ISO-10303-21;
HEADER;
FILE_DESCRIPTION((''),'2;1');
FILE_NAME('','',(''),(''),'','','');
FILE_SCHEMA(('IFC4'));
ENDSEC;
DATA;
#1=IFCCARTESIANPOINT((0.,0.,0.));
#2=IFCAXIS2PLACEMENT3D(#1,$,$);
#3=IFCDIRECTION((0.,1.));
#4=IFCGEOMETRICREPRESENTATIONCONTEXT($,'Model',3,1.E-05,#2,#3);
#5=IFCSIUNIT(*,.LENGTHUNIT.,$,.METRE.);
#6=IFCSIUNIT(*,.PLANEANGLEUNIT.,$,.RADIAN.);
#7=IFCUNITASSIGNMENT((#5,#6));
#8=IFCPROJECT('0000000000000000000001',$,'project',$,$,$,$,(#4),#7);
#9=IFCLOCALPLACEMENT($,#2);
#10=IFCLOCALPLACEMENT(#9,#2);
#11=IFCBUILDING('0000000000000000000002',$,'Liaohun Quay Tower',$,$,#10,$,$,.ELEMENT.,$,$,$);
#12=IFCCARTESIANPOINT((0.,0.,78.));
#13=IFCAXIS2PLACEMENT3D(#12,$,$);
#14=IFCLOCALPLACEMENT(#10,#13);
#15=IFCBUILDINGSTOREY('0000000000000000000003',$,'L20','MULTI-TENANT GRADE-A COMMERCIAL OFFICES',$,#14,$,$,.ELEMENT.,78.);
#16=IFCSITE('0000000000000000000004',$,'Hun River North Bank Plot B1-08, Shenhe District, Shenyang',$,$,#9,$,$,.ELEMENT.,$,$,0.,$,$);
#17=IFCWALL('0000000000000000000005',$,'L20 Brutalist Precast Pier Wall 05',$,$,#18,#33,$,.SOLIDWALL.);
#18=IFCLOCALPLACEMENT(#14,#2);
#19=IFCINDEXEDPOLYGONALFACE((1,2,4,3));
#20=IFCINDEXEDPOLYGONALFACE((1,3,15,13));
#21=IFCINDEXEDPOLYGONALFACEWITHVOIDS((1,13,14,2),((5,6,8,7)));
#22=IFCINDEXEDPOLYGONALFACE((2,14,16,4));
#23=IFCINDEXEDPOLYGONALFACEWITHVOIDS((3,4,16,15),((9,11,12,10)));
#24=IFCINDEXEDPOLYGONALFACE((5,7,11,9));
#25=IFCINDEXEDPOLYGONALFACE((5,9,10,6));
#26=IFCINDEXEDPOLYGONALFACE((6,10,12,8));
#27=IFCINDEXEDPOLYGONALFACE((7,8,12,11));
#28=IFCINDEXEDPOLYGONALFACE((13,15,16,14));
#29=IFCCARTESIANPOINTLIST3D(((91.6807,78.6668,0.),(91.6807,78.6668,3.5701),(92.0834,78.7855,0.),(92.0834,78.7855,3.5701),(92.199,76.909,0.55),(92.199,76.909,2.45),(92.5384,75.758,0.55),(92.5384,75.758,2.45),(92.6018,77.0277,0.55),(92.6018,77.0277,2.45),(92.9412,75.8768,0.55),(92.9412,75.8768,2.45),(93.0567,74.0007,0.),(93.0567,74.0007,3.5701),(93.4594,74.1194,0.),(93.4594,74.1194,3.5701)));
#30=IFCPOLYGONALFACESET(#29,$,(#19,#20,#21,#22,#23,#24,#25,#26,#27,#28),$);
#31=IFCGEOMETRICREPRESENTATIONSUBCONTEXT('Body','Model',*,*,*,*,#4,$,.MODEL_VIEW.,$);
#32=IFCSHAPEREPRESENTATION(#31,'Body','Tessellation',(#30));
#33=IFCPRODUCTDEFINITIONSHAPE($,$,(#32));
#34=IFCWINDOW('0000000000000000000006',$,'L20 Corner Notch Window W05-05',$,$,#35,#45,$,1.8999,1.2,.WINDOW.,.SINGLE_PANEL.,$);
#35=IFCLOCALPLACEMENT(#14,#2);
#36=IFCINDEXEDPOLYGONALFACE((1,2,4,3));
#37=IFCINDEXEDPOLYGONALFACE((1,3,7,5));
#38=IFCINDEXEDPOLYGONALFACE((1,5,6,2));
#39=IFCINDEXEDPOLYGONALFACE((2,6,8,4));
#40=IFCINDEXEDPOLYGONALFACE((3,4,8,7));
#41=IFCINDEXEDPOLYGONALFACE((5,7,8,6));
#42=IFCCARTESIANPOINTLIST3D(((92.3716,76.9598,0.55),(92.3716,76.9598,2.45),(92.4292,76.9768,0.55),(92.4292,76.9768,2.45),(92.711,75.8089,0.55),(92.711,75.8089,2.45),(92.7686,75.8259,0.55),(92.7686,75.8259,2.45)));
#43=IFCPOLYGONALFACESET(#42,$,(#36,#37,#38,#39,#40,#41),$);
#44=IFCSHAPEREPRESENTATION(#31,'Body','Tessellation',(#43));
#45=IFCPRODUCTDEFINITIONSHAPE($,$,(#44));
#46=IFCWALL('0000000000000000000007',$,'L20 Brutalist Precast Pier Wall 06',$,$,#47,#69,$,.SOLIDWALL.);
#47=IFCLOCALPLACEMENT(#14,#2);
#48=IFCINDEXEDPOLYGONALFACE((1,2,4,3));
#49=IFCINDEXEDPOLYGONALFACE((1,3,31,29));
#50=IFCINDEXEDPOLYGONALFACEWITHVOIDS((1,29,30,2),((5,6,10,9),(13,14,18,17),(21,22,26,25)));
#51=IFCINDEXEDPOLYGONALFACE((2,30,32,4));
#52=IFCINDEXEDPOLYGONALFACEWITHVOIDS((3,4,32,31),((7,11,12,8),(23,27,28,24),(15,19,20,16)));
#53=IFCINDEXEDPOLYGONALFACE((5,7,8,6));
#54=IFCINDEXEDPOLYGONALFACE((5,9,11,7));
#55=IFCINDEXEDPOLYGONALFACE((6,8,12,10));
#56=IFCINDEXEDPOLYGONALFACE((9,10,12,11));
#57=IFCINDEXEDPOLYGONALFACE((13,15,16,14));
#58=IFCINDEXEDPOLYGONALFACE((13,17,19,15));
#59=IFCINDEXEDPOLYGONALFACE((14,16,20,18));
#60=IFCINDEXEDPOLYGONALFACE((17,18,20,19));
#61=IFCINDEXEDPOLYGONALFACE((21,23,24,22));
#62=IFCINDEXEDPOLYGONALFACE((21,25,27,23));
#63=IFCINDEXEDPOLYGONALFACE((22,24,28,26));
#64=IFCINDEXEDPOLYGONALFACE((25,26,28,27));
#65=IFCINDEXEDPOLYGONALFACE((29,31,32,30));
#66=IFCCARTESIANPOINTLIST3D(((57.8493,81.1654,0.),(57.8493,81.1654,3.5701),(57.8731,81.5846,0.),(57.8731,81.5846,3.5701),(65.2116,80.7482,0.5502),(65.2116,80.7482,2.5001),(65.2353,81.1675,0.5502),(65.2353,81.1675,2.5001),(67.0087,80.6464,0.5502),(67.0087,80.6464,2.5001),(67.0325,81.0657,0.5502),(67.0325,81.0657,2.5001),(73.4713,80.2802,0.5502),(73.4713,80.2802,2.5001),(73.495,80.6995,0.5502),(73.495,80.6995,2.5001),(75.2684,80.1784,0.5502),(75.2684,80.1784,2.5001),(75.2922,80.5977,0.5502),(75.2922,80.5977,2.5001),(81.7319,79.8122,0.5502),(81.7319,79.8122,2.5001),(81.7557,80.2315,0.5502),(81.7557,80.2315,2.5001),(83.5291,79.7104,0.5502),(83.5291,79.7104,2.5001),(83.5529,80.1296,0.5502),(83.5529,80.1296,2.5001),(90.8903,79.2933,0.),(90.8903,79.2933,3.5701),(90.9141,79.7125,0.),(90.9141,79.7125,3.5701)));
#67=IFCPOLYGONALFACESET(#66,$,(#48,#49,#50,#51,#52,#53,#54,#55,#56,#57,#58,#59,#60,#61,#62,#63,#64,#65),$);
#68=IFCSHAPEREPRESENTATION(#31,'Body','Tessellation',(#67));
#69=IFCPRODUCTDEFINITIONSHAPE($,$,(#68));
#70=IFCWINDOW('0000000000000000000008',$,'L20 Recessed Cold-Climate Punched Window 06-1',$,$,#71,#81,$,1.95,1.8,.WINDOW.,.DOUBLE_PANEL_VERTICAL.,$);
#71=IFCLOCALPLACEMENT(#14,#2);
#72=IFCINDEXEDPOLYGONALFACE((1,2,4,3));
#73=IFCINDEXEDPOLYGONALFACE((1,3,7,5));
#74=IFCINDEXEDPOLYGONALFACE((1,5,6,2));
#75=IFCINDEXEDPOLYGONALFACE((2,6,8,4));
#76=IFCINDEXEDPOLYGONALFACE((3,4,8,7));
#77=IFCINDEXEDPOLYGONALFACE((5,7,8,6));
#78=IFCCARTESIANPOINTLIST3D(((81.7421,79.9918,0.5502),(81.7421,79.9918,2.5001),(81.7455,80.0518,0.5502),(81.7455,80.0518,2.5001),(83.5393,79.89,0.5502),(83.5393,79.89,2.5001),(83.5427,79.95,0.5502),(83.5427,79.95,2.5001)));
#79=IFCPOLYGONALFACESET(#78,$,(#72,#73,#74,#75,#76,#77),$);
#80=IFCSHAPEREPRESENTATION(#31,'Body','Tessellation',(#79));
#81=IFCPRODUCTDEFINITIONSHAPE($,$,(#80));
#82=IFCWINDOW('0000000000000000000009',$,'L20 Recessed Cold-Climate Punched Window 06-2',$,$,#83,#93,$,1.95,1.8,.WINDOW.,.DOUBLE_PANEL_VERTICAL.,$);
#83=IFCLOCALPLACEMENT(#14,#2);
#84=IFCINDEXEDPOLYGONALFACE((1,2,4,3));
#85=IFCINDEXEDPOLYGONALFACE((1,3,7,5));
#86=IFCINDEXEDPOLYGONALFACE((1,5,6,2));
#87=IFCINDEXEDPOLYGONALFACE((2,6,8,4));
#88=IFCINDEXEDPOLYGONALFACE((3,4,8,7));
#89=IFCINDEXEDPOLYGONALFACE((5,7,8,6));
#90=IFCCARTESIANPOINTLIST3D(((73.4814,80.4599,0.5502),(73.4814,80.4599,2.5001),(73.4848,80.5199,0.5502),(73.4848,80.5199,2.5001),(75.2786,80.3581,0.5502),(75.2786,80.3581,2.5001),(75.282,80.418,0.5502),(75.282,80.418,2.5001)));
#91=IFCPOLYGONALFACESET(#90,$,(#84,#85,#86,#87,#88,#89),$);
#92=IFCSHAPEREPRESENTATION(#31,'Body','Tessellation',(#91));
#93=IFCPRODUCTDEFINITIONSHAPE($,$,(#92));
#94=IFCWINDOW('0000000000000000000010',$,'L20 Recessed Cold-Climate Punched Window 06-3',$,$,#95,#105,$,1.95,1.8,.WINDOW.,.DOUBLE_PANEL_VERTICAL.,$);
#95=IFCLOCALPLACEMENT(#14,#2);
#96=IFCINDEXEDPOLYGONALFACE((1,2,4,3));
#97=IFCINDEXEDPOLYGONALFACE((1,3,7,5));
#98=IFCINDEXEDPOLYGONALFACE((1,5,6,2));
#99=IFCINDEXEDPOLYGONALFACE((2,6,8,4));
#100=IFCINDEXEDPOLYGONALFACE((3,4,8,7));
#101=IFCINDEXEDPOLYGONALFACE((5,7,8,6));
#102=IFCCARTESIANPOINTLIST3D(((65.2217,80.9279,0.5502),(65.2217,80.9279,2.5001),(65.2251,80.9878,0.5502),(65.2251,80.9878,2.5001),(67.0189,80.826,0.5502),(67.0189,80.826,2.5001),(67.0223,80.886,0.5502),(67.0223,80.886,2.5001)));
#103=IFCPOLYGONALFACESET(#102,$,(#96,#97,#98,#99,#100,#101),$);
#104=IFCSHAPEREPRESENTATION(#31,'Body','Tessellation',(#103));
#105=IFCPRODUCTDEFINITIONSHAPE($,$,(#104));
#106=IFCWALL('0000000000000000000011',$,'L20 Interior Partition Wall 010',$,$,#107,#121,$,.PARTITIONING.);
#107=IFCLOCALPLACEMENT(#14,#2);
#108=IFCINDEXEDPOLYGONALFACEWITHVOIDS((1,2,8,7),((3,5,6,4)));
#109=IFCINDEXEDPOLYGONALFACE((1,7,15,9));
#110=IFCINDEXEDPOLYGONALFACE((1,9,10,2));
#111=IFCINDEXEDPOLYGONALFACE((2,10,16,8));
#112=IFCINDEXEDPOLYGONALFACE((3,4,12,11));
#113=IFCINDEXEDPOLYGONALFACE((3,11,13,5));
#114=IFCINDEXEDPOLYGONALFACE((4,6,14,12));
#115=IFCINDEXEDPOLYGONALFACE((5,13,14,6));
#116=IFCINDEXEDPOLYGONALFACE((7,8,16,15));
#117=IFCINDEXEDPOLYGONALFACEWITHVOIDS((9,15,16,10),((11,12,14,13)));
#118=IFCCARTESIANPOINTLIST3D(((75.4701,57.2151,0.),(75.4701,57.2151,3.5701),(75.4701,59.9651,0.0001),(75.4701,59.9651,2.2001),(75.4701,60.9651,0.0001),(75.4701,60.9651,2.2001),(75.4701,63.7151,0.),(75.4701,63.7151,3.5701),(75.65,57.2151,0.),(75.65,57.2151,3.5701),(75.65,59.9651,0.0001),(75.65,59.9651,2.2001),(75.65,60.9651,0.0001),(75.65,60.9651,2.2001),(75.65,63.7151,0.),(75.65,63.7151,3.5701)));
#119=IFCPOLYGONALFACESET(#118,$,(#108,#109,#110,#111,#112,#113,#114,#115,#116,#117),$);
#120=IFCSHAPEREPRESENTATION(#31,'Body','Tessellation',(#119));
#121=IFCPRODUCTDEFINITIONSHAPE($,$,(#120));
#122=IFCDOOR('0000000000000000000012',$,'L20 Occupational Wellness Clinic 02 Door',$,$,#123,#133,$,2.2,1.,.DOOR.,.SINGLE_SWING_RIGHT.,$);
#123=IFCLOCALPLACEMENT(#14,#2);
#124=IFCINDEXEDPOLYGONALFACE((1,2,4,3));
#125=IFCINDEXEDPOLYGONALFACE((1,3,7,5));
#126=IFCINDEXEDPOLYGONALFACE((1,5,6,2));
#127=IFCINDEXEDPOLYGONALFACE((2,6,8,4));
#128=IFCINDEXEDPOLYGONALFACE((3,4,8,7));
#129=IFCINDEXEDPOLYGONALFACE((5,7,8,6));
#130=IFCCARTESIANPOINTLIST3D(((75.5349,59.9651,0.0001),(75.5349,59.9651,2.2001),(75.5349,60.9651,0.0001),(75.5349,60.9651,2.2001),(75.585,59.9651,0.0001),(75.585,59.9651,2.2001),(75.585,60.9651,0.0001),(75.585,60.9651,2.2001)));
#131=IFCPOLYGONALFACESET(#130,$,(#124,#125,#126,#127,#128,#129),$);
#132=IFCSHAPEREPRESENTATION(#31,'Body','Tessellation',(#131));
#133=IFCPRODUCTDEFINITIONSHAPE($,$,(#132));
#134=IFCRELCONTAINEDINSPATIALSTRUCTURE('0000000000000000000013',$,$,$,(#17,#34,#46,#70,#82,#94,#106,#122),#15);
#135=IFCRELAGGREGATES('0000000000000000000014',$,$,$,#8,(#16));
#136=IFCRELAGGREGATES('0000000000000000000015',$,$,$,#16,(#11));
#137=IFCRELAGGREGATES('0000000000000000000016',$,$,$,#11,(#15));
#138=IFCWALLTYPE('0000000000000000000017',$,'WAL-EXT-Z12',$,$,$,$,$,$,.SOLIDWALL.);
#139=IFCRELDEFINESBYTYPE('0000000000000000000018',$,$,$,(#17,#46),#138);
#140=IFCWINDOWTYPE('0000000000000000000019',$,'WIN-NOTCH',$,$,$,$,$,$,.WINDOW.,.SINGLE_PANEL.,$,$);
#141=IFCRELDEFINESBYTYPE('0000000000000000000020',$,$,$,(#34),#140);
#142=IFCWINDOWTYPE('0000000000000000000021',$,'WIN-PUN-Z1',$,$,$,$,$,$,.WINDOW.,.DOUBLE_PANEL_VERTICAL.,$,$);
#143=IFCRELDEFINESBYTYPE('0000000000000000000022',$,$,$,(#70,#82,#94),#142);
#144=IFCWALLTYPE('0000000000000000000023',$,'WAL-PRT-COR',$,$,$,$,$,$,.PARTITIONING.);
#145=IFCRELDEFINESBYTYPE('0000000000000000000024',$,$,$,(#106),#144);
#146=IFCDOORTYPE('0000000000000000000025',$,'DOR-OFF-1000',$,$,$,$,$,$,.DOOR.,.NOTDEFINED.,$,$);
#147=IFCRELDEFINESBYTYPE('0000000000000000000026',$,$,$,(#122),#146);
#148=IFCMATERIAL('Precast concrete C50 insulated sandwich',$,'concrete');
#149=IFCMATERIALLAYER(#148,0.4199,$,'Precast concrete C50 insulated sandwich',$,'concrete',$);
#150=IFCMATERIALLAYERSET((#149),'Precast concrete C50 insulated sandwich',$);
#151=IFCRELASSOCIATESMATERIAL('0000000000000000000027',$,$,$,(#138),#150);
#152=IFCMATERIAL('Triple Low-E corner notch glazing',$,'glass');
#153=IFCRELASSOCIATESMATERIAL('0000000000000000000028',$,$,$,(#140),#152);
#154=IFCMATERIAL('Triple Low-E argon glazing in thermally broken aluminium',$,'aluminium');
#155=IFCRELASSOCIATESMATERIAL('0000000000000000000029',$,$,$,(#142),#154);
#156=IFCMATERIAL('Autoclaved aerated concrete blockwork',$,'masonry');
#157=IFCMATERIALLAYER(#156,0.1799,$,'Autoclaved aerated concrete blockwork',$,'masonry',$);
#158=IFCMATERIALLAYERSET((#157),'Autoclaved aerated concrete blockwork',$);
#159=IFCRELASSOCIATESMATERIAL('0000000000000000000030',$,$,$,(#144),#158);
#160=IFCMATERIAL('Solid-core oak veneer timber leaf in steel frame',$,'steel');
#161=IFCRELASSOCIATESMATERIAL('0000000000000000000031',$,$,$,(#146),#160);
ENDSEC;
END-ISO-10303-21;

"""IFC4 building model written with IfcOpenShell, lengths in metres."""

from ifc_helpers import new_model, si_unit, direction, frame, frame_2d, origin, place, context, subcontext, project, spatial, rectangle, extrude, source, transform, mapped, material, layer, layer_set, type_object, element, fill, save


model = new_model("IFC4")

# Units and contexts
model_context = context("Model", 3, precision=1e-05, world=origin(), true_north=direction((0.0, 1.0)))
body_context = subcontext(model_context, "Body", "Model", "MODEL_VIEW")
ifc_project = project(units=[si_unit("LENGTHUNIT", "METRE"), si_unit("PLANEANGLEUNIT", "RADIAN")], contexts=[model_context])

# Site, building, storey
site_placement = place(None, origin())
site = spatial("IfcSite", under=ifc_project, at=site_placement, Name="Hun River North Bank Plot B1-08, Shenhe District, Shenyang", CompositionType="ELEMENT", RefElevation=0.0)
building_placement = place(site_placement, origin())
building = spatial("IfcBuilding", under=site, at=building_placement, Name="Liaohun Quay Tower", CompositionType="ELEMENT")
storey_placement = place(building_placement, frame((0.0, 0.0, 78.0)))
storey = spatial("IfcBuildingStorey", under=building, at=storey_placement, Name="L20", Description="MULTI-TENANT GRADE-A COMMERCIAL OFFICES", CompositionType="ELEMENT", Elevation=78.0)

# Wall, opening, window
ifc_material_1 = material(Name="Precast concrete C50 insulated sandwich", Category="concrete")
ifc_layer_1 = layer(ifc_material_1, 0.4199, Name="Precast concrete C50 insulated sandwich", Category="concrete")
ifc_layer_set_1 = layer_set([ifc_layer_1], Name="Precast concrete C50 insulated sandwich")
wall_type_1 = type_object("IfcWallType", Name="WAL-EXT-Z12", PredefinedType="SOLIDWALL", material=ifc_layer_set_1)
shared_shape_1 = source(origin(), body_context, "Body", "SweptSolid", [
    extrude(rectangle(XDim=1.2, YDim=1.8999, at=frame_2d((0.6001, 0.95))), frame((0.0, 0.22, 0.0), z_axis=(0.0, -1.0, 0.0), x_axis=(1.0, 0.0, 0.0)), (0.0, 0.0, 1.0), 0.4399),
])
ifc_material_2 = material(Name="Triple Low-E corner notch glazing", Category="glass")
window_type_1 = type_object("IfcWindowType", Name="WIN-NOTCH", PartitioningType="SINGLE_PANEL", PredefinedType="WINDOW", material=ifc_material_2)
shared_shape_2 = source(origin(), body_context, "Body", "SweptSolid", [
    extrude(rectangle(XDim=1.2, YDim=1.8999, at=frame_2d((0.6001, 0.95))), frame((0.0, 0.03, 0.0), z_axis=(0.0, -1.0, 0.0), x_axis=(1.0, 0.0, 0.0)), (0.0, 0.0, 1.0), 0.0601),
])
wall_1_placement = place(storey_placement, frame((93.2581, 74.0601, 0.0), z_axis=(0.0, 0.0, 1.0), x_axis=(-0.282851, 0.959164, 0.0)))
wall_1 = element("IfcWall", 1, at=wall_1_placement, inside=storey, type_object=wall_type_1, Name="L20 Brutalist Precast Pier Wall 05", PredefinedType="SOLIDWALL", context=body_context, shape_type="SweptSolid", body=[
    extrude(rectangle(XDim=4.8647, YDim=0.4199, at=frame_2d((2.4324, 0.0))), origin(), (0.0, 0.0, 1.0), 3.5701),
])
opening_1_placement = place(wall_1_placement, frame((1.832, 0.0, 0.55)))
opening_1 = element("IfcOpeningElement", 2, at=opening_1_placement, cuts=wall_1, PredefinedType="OPENING", context=body_context, shape_type="MappedRepresentation", body=[
    mapped(shared_shape_1, transform((0.0, 0.0, 0.0), x_axis=(1.0, 0.0, 0.0), y_axis=(0.0, 1.0, 0.0), z_axis=(0.0, 0.0, 1.0), scale=1.0)),
])
window_1_placement = place(opening_1_placement, origin())
window_1 = element("IfcWindow", 3, at=window_1_placement, inside=storey, type_object=window_type_1, Name="L20 Corner Notch Window W05-05", OverallHeight=1.8999, OverallWidth=1.2, PartitioningType="SINGLE_PANEL", PredefinedType="WINDOW", context=body_context, shape_type="MappedRepresentation", body=[
    mapped(shared_shape_2, transform((0.0, 0.0, 0.0), x_axis=(1.0, 0.0, 0.0), y_axis=(0.0, 1.0, 0.0), z_axis=(0.0, 0.0, 1.0), scale=1.0)),
])
fill(opening_1, window_1)

# Wall, openings, windows
wall_2_placement = place(storey_placement, frame((90.9021, 79.5029, 0.0), z_axis=(0.0, 0.0, 1.0), x_axis=(-0.998399, 0.056568, 0.0)))
wall_2 = element("IfcWall", 4, at=wall_2_placement, inside=storey, type_object=wall_type_1, Name="L20 Brutalist Precast Pier Wall 06", PredefinedType="SOLIDWALL", context=body_context, shape_type="SweptSolid", body=[
    extrude(rectangle(XDim=33.094, YDim=0.4199, at=frame_2d((16.5469, 0.0))), origin(), (0.0, 0.0, 1.0), 3.5701),
])
shared_shape_3 = source(origin(), body_context, "Body", "SweptSolid", [
    extrude(rectangle(XDim=1.8, YDim=1.95, at=frame_2d((0.8999, 0.9751))), frame((0.0, 0.22, 0.0), z_axis=(0.0, -1.0, 0.0), x_axis=(1.0, 0.0, 0.0)), (0.0, 0.0, 1.0), 0.4399),
])
opening_2_placement = place(wall_2_placement, frame((7.373, 0.0, 0.55)))
opening_2 = element("IfcOpeningElement", 5, at=opening_2_placement, cuts=wall_2, PredefinedType="OPENING", context=body_context, shape_type="MappedRepresentation", body=[
    mapped(shared_shape_3, transform((0.0, 0.0, 0.0), x_axis=(1.0, 0.0, 0.0), y_axis=(0.0, 1.0, 0.0), z_axis=(0.0, 0.0, 1.0), scale=1.0)),
])
opening_3_placement = place(wall_2_placement, frame((15.647, 0.0, 0.55)))
opening_3 = element("IfcOpeningElement", 6, at=opening_3_placement, cuts=wall_2, PredefinedType="OPENING", context=body_context, shape_type="MappedRepresentation", body=[
    mapped(shared_shape_3, transform((0.0, 0.0, 0.0), x_axis=(1.0, 0.0, 0.0), y_axis=(0.0, 1.0, 0.0), z_axis=(0.0, 0.0, 1.0), scale=1.0)),
])
opening_4_placement = place(wall_2_placement, frame((23.9199, 0.0, 0.55)))
opening_4 = element("IfcOpeningElement", 7, at=opening_4_placement, cuts=wall_2, PredefinedType="OPENING", context=body_context, shape_type="MappedRepresentation", body=[
    mapped(shared_shape_3, transform((0.0, 0.0, 0.0), x_axis=(1.0, 0.0, 0.0), y_axis=(0.0, 1.0, 0.0), z_axis=(0.0, 0.0, 1.0), scale=1.0)),
])
ifc_material_3 = material(Name="Triple Low-E argon glazing in thermally broken aluminium", Category="aluminium")
window_type_2 = type_object("IfcWindowType", Name="WIN-PUN-Z1", PartitioningType="DOUBLE_PANEL_VERTICAL", PredefinedType="WINDOW", material=ifc_material_3)
shared_shape_4 = source(origin(), body_context, "Body", "SweptSolid", [
    extrude(rectangle(XDim=1.8, YDim=1.95, at=frame_2d((0.8999, 0.9751))), frame((0.0, 0.03, 0.0), z_axis=(0.0, -1.0, 0.0), x_axis=(1.0, 0.0, 0.0)), (0.0, 0.0, 1.0), 0.0601),
])
window_2_placement = place(opening_2_placement, origin())
window_2 = element("IfcWindow", 8, at=window_2_placement, inside=storey, type_object=window_type_2, Name="L20 Recessed Cold-Climate Punched Window 06-1", OverallHeight=1.95, OverallWidth=1.8, PartitioningType="DOUBLE_PANEL_VERTICAL", PredefinedType="WINDOW", context=body_context, shape_type="MappedRepresentation", body=[
    mapped(shared_shape_4, transform((0.0, 0.0, 0.0), x_axis=(1.0, 0.0, 0.0), y_axis=(0.0, 1.0, 0.0), z_axis=(0.0, 0.0, 1.0), scale=1.0)),
])
fill(opening_2, window_2)
window_3_placement = place(opening_3_placement, origin())
window_3 = element("IfcWindow", 9, at=window_3_placement, inside=storey, type_object=window_type_2, Name="L20 Recessed Cold-Climate Punched Window 06-2", OverallHeight=1.95, OverallWidth=1.8, PartitioningType="DOUBLE_PANEL_VERTICAL", PredefinedType="WINDOW", context=body_context, shape_type="MappedRepresentation", body=[
    mapped(shared_shape_4, transform((0.0, 0.0, 0.0), x_axis=(1.0, 0.0, 0.0), y_axis=(0.0, 1.0, 0.0), z_axis=(0.0, 0.0, 1.0), scale=1.0)),
])
fill(opening_3, window_3)
window_4_placement = place(opening_4_placement, origin())
window_4 = element("IfcWindow", 10, at=window_4_placement, inside=storey, type_object=window_type_2, Name="L20 Recessed Cold-Climate Punched Window 06-3", OverallHeight=1.95, OverallWidth=1.8, PartitioningType="DOUBLE_PANEL_VERTICAL", PredefinedType="WINDOW", context=body_context, shape_type="MappedRepresentation", body=[
    mapped(shared_shape_4, transform((0.0, 0.0, 0.0), x_axis=(1.0, 0.0, 0.0), y_axis=(0.0, 1.0, 0.0), z_axis=(0.0, 0.0, 1.0), scale=1.0)),
])
fill(opening_4, window_4)

# Wall, opening, door
ifc_material_4 = material(Name="Autoclaved aerated concrete blockwork", Category="masonry")
ifc_layer_2 = layer(ifc_material_4, 0.1799, Name="Autoclaved aerated concrete blockwork", Category="masonry")
ifc_layer_set_2 = layer_set([ifc_layer_2], Name="Autoclaved aerated concrete blockwork")
wall_type_2 = type_object("IfcWallType", Name="WAL-PRT-COR", PredefinedType="PARTITIONING", material=ifc_layer_set_2)
wall_3_placement = place(storey_placement, frame((75.5601, 63.7151, 0.0), z_axis=(0.0, 0.0, 1.0), x_axis=(0.0, -1.0, 0.0)))
wall_3 = element("IfcWall", 11, at=wall_3_placement, inside=storey, type_object=wall_type_2, Name="L20 Interior Partition Wall 010", PredefinedType="PARTITIONING", context=body_context, shape_type="SweptSolid", body=[
    extrude(rectangle(XDim=6.5, YDim=0.1799, at=frame_2d((3.25, 0.0))), origin(), (0.0, 0.0, 1.0), 3.5701),
])
shared_shape_5 = source(origin(), body_context, "Body", "SweptSolid", [
    extrude(rectangle(XDim=1.0, YDim=2.2, at=frame_2d((0.5, 1.1001))), frame((0.0, 0.0999, 0.0), z_axis=(0.0, -1.0, 0.0), x_axis=(1.0, 0.0, 0.0)), (0.0, 0.0, 1.0), 0.2),
])
opening_5_placement = place(wall_3_placement, frame((2.75, 0.0, 0.0)))
opening_5 = element("IfcOpeningElement", 12, at=opening_5_placement, cuts=wall_3, PredefinedType="OPENING", context=body_context, shape_type="MappedRepresentation", body=[
    mapped(shared_shape_5, transform((0.0, 0.0, 0.0), x_axis=(1.0, 0.0, 0.0), y_axis=(0.0, 1.0, 0.0), z_axis=(0.0, 0.0, 1.0), scale=1.0)),
])
ifc_material_5 = material(Name="Solid-core oak veneer timber leaf in steel frame", Category="steel")
door_type = type_object("IfcDoorType", Name="DOR-OFF-1000", OperationType="NOTDEFINED", PredefinedType="DOOR", material=ifc_material_5)
shared_shape_6 = source(origin(), body_context, "Body", "SweptSolid", [
    extrude(rectangle(XDim=1.0, YDim=2.2, at=frame_2d((0.5, 1.1001))), frame((0.0, 0.0249, 0.0), z_axis=(0.0, -1.0, 0.0), x_axis=(1.0, 0.0, 0.0)), (0.0, 0.0, 1.0), 0.05),
])
door_1_placement = place(opening_5_placement, origin())
door_1 = element("IfcDoor", 13, at=door_1_placement, inside=storey, type_object=door_type, Name="L20 Occupational Wellness Clinic 02 Door", OperationType="SINGLE_SWING_RIGHT", OverallHeight=2.2, OverallWidth=1.0, PredefinedType="DOOR", context=body_context, shape_type="MappedRepresentation", body=[
    mapped(shared_shape_6, transform((0.0, 0.0, 0.0), x_axis=(1.0, 0.0, 0.0), y_axis=(0.0, 1.0, 0.0), z_axis=(0.0, 0.0, 1.0), scale=1.0)),
])
fill(opening_5, door_1)

save(model, "model.ifc")
